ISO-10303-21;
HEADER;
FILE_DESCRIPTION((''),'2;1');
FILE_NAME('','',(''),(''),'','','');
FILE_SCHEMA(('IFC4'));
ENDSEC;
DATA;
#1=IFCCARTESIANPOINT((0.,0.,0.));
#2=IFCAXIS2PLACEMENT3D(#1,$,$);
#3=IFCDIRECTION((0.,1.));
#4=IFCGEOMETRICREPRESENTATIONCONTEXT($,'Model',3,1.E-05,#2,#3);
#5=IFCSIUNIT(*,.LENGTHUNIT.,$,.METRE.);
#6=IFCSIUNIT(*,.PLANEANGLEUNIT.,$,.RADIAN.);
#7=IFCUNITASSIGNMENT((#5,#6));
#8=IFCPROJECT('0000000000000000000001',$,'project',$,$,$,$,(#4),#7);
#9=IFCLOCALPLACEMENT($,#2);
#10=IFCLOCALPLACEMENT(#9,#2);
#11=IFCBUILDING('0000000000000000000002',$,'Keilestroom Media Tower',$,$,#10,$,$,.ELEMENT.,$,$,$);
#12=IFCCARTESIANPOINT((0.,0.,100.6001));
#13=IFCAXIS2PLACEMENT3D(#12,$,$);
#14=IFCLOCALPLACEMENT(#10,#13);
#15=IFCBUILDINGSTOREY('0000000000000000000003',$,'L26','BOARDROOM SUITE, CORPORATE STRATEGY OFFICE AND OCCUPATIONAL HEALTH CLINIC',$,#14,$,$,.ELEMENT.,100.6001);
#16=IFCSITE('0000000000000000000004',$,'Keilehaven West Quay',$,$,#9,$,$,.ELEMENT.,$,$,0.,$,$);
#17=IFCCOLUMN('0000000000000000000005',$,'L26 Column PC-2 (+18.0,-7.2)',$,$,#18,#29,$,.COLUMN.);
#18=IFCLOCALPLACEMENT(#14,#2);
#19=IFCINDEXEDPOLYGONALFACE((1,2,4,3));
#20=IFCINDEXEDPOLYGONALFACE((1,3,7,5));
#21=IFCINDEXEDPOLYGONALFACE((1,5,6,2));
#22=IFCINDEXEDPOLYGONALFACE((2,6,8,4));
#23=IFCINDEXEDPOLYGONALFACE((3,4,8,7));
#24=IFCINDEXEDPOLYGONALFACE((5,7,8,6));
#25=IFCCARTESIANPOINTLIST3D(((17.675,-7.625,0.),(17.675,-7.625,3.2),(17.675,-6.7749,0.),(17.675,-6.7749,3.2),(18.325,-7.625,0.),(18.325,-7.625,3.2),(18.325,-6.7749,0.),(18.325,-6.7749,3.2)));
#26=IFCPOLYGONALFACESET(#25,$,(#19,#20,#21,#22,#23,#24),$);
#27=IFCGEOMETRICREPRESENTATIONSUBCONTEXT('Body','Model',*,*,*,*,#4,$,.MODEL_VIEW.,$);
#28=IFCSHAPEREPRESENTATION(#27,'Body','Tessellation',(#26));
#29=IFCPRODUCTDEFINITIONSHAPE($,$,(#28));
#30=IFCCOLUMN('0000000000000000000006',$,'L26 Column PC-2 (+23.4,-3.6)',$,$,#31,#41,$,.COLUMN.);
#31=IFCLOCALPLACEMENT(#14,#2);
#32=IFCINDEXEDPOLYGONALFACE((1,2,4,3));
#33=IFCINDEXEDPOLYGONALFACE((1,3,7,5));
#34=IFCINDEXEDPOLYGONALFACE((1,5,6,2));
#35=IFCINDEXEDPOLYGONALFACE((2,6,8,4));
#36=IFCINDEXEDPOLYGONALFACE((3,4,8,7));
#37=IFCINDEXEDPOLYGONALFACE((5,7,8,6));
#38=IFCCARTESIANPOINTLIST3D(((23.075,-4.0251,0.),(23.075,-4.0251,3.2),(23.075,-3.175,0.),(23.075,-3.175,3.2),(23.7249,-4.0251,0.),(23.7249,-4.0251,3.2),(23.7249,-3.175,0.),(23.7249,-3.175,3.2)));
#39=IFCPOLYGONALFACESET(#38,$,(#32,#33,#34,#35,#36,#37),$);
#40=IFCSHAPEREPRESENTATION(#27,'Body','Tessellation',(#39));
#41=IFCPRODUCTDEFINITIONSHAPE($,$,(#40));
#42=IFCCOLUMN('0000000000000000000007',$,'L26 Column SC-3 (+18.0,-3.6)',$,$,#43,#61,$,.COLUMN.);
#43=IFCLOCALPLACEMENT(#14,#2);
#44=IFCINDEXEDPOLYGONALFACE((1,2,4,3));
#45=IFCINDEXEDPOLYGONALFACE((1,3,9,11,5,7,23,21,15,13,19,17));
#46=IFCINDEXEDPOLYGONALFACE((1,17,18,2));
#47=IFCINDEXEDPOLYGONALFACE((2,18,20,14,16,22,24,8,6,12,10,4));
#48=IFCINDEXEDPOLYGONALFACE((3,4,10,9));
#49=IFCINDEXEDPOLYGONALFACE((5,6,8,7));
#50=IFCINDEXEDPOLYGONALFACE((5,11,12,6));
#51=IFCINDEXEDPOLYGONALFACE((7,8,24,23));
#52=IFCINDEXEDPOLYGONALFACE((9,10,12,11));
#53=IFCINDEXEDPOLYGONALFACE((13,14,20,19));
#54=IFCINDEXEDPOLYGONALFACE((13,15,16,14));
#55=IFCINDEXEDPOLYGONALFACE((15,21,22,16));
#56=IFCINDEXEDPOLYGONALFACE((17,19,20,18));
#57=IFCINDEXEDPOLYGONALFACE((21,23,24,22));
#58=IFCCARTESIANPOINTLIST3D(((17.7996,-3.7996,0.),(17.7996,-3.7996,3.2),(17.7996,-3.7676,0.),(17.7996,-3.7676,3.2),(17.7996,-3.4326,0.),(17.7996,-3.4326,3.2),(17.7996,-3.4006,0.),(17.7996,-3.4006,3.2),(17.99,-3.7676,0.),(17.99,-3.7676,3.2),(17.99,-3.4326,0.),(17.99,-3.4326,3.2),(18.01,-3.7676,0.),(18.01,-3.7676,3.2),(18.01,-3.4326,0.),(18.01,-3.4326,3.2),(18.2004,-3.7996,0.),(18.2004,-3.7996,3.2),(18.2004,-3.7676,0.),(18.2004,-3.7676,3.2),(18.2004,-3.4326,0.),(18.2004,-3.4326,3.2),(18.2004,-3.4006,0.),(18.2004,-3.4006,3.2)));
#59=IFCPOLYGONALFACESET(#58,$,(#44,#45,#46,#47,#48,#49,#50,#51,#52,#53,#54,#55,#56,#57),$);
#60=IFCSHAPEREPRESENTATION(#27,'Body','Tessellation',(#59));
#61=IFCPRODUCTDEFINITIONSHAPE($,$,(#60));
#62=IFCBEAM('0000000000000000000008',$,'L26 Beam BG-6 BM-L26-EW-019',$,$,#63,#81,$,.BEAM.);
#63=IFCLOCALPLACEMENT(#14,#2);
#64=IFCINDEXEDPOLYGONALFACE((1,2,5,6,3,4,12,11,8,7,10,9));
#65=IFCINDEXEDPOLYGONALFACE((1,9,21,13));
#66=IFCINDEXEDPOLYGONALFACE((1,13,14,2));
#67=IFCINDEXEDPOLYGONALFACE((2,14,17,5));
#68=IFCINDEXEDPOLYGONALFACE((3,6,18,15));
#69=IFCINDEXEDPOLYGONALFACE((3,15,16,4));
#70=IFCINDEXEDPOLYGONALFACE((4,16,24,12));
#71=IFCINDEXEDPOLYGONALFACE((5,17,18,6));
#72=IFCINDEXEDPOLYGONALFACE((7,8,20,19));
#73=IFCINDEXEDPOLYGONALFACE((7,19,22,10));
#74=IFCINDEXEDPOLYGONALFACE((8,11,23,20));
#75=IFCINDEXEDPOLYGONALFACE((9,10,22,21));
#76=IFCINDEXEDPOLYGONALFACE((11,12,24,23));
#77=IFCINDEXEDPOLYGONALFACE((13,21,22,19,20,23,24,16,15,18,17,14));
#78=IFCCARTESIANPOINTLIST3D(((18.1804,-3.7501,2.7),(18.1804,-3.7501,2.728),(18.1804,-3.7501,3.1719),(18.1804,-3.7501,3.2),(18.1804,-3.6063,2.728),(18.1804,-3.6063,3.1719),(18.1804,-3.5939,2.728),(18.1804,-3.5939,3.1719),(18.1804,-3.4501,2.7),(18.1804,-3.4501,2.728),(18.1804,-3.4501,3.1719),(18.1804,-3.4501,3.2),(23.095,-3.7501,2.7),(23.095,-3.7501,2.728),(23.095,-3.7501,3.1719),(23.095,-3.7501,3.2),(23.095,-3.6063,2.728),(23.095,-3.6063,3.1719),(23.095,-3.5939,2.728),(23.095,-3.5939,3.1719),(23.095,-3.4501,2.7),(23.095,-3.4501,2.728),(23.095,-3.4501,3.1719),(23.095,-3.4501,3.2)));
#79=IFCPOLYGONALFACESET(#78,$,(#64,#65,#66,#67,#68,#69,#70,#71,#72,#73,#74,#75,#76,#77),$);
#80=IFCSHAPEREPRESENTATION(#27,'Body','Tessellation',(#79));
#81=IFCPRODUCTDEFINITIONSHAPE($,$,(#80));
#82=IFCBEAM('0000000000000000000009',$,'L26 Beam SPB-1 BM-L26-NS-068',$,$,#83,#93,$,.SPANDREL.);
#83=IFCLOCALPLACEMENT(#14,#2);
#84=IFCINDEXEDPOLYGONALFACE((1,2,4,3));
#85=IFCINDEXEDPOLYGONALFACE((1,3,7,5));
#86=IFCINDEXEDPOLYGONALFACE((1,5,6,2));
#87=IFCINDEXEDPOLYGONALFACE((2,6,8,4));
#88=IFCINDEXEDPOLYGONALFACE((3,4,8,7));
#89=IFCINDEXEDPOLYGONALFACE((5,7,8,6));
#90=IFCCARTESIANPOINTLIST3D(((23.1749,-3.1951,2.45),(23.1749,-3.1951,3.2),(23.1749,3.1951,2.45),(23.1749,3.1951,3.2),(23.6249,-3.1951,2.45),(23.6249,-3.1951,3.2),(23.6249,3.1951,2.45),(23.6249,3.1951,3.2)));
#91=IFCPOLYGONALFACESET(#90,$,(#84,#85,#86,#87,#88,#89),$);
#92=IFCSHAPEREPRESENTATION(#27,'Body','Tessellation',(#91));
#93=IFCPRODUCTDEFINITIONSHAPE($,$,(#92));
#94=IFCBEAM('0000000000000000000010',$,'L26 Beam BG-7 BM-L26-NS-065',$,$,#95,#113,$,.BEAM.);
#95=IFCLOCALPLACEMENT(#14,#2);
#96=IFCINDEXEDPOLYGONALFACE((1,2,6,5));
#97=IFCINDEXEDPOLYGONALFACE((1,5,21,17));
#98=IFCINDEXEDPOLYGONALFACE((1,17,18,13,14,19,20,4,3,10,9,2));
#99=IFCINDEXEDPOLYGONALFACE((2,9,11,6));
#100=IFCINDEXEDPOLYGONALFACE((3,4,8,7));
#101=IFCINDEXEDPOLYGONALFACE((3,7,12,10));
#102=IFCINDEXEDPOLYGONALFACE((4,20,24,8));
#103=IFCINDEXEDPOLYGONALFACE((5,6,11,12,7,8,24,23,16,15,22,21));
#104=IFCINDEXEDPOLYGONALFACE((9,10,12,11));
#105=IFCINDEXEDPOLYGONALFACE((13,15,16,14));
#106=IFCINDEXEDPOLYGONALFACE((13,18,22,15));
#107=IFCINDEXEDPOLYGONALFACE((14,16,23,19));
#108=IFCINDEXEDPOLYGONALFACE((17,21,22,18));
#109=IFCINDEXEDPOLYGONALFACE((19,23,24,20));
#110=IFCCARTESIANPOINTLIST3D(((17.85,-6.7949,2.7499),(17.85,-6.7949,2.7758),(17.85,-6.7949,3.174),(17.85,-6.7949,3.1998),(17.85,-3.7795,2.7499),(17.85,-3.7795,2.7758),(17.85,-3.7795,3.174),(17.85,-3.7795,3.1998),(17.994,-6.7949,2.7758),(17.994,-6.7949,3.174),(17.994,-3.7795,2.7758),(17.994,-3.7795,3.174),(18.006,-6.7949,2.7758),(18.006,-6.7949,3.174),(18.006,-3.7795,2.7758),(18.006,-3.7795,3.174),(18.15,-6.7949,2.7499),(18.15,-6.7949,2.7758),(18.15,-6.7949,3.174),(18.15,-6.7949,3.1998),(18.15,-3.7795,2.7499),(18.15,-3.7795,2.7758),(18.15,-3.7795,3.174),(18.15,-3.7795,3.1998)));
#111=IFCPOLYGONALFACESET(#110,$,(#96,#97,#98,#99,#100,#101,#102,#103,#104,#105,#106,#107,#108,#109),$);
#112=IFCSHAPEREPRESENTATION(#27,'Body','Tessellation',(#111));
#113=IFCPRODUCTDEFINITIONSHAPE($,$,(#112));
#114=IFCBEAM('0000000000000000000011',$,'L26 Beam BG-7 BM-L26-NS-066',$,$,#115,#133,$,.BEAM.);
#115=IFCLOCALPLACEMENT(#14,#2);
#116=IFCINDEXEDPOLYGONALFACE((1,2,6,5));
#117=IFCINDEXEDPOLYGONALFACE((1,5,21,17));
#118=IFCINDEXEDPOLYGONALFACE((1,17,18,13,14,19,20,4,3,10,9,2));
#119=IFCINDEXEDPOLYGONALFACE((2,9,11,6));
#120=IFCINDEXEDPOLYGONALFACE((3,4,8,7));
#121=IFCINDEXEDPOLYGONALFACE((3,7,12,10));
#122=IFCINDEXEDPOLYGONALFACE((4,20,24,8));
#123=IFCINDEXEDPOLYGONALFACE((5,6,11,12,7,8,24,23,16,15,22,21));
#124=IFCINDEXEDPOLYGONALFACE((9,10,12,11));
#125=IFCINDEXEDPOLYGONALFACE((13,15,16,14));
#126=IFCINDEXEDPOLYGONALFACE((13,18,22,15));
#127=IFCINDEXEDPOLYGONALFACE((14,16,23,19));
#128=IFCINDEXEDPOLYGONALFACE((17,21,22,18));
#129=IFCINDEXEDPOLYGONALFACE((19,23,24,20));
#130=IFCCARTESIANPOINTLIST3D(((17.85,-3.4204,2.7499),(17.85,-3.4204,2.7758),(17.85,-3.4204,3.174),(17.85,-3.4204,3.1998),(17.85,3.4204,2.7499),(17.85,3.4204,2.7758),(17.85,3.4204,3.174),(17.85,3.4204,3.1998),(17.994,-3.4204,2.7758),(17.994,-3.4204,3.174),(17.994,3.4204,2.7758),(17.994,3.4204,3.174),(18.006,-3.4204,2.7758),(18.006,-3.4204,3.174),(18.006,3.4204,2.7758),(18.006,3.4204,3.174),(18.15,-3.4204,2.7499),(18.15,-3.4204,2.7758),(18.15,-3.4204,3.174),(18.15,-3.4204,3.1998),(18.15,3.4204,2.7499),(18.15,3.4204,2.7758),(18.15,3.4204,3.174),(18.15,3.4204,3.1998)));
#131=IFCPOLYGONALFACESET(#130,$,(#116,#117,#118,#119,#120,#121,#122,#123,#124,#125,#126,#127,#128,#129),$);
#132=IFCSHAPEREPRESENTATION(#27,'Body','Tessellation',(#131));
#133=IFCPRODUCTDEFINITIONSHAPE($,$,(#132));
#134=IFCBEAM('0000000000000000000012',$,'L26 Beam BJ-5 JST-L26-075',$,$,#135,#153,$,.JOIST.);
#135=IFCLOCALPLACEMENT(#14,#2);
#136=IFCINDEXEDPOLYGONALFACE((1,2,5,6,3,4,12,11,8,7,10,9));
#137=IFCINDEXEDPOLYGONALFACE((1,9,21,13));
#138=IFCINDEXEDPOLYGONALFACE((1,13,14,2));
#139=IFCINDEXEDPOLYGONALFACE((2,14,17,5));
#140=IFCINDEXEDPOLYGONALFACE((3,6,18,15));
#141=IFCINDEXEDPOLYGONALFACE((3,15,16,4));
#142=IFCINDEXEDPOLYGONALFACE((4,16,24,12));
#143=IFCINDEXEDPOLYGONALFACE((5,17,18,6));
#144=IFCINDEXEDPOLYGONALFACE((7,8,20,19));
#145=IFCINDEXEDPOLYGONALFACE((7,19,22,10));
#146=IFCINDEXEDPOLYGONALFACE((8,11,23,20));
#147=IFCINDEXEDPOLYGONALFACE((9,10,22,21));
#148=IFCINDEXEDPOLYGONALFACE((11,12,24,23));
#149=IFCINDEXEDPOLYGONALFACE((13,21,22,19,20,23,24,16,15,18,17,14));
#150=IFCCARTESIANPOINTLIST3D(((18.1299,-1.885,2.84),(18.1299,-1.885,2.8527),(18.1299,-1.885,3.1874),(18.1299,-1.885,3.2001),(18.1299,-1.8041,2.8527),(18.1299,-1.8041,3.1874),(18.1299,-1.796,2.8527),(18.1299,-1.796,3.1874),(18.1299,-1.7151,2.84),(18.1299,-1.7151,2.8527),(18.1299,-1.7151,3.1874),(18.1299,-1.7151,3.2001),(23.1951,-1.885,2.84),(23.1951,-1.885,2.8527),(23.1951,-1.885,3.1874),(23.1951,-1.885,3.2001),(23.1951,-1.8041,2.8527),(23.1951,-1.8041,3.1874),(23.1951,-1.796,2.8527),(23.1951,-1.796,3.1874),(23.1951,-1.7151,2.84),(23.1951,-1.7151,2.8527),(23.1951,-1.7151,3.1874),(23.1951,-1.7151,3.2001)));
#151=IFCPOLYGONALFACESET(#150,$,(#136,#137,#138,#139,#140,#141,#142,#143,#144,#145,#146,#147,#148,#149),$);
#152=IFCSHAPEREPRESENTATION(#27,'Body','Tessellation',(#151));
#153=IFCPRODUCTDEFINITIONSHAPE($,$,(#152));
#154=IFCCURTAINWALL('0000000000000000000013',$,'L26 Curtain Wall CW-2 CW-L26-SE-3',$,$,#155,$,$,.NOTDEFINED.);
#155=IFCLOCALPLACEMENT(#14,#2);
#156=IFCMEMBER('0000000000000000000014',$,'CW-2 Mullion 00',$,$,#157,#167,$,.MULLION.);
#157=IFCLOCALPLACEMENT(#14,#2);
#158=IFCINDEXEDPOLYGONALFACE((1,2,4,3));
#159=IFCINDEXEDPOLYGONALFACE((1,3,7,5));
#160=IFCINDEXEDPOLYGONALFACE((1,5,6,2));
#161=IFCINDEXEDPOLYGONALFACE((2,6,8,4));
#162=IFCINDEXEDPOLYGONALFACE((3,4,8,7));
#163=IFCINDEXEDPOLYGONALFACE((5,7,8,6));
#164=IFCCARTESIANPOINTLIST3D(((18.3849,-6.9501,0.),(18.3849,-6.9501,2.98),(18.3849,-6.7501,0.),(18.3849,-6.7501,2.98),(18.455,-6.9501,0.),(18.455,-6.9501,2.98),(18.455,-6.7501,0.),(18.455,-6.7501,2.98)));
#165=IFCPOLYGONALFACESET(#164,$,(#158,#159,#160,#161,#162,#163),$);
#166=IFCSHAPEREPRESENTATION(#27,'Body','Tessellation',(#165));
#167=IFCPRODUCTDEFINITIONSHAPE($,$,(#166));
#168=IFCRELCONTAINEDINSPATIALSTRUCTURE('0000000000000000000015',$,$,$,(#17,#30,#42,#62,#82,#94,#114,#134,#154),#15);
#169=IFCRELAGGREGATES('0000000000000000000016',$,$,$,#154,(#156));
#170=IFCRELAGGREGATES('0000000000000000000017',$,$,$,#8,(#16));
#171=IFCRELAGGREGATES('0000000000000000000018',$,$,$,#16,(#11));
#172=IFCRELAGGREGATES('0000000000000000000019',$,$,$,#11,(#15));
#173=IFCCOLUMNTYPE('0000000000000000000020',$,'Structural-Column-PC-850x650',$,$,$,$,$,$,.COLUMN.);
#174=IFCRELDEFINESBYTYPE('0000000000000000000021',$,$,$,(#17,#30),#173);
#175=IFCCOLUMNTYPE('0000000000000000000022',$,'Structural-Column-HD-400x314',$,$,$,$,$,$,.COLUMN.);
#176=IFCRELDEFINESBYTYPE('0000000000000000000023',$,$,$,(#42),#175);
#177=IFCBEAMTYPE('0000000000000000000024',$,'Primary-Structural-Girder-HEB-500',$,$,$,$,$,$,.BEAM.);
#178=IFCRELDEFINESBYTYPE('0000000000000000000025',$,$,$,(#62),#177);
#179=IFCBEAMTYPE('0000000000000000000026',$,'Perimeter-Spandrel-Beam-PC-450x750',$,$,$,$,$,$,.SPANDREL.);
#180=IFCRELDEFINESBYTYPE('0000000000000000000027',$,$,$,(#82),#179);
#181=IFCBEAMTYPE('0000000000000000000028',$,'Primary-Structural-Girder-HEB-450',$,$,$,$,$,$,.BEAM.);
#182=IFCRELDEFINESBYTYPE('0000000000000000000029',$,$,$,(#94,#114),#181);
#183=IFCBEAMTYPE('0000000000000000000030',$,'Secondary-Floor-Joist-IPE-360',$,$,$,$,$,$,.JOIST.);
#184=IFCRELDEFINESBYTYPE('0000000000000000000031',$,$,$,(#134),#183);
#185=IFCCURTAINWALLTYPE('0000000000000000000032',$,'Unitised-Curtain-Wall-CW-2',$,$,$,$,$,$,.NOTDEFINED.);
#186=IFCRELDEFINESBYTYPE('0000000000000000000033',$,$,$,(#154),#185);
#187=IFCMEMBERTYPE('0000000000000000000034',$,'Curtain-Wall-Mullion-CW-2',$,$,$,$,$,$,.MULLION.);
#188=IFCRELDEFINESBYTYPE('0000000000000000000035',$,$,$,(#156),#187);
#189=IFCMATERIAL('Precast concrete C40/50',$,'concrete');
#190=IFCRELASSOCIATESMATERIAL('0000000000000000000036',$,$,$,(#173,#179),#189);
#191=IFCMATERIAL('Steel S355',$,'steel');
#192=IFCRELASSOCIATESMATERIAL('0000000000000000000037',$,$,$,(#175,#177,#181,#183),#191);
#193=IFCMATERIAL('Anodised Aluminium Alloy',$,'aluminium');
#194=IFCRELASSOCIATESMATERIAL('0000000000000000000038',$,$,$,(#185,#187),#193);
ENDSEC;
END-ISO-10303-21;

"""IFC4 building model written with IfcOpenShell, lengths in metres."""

from ifc_helpers import new_model, si_unit, direction, frame, origin, origin_2d, place, context, subcontext, project, spatial, rectangle, i_section, extrude, source, transform, mapped, material, material_profile, profile_set, type_object, element, aggregate, save


model = new_model("IFC4")

# Units and contexts
model_context = context("Model", 3, precision=1e-05, world=origin(), true_north=direction((0.0, 1.0)))
body_context = subcontext(model_context, "Body", "Model", "MODEL_VIEW")
ifc_project = project(units=[si_unit("LENGTHUNIT", "METRE"), si_unit("PLANEANGLEUNIT", "RADIAN")], contexts=[model_context])

# Site, building, storey
site_placement = place(None, origin())
site = spatial("IfcSite", under=ifc_project, at=site_placement, Name="Keilehaven West Quay", CompositionType="ELEMENT", RefElevation=0.0)
building_placement = place(site_placement, origin())
building = spatial("IfcBuilding", under=site, at=building_placement, Name="Keilestroom Media Tower", CompositionType="ELEMENT")
storey_placement = place(building_placement, frame((0.0, 0.0, 100.6001)))
storey = spatial("IfcBuildingStorey", under=building, at=storey_placement, Name="L26", Description="BOARDROOM SUITE, CORPORATE STRATEGY OFFICE AND OCCUPATIONAL HEALTH CLINIC", CompositionType="ELEMENT", Elevation=100.6001)

# Columns
ifc_material_1 = material(Name="Precast concrete C40/50", Category="concrete")
ifc_material_profile_1 = material_profile(ifc_material_1, rectangle(XDim=0.6499, YDim=0.8501, at=origin_2d()), Name="PC 850x650")
ifc_profile_set_1 = profile_set([ifc_material_profile_1], Name="Precast concrete C40/50")
column_type_1 = type_object("IfcColumnType", Name="Structural-Column-PC-850x650", PredefinedType="COLUMN", material=ifc_profile_set_1)
shared_shape_1 = source(origin(), body_context, "Body", "SweptSolid", [
    extrude(rectangle(XDim=0.6499, YDim=0.8501, at=origin_2d()), origin(), (0.0, 0.0, 1.0), 3.2),
])
for number, where, z_axis, x_axis, name in (
    (1, (18.0, -7.2, 0.0), (0.0, 0.0, 1.0), (1.0, 0.0, 0.0), "L26 Column PC-2 (+18.0,-7.2)"),
    (2, (23.3999, -3.6001, 0.0), (0.0, 0.0, 1.0), (1.0, 0.0, 0.0), "L26 Column PC-2 (+23.4,-3.6)"),
):
    element("IfcColumn", number, at=place(storey_placement, frame(where, z_axis=z_axis, x_axis=x_axis)), inside=storey, type_object=column_type_1, Name=name, PredefinedType="COLUMN", context=body_context, shape_type="MappedRepresentation", body=[
        mapped(shared_shape_1, transform((0.0, 0.0, 0.0), x_axis=(1.0, 0.0, 0.0), y_axis=(0.0, 1.0, 0.0), z_axis=(0.0, 0.0, 1.0), scale=1.0)),
    ])
ifc_material_2 = material(Name="Steel S355", Category="steel")
ifc_material_profile_2 = material_profile(ifc_material_2, i_section(OverallWidth=0.4009, OverallDepth=0.3989, WebThickness=0.02, FlangeThickness=0.032, at=origin_2d()), Name="HD 400x314")
ifc_profile_set_2 = profile_set([ifc_material_profile_2], Name="Steel S355")
column_type_2 = type_object("IfcColumnType", Name="Structural-Column-HD-400x314", PredefinedType="COLUMN", material=ifc_profile_set_2)
shared_shape_2 = source(origin(), body_context, "Body", "SweptSolid", [
    extrude(i_section(OverallWidth=0.4009, OverallDepth=0.3989, WebThickness=0.02, FlangeThickness=0.032, at=origin_2d()), origin(), (0.0, 0.0, 1.0), 3.2),
])
column_placement = place(storey_placement, frame((18.0, -3.6001, 0.0), z_axis=(0.0, 0.0, 1.0), x_axis=(1.0, 0.0, 0.0)))
element("IfcColumn", 3, at=column_placement, inside=storey, type_object=column_type_2, Name="L26 Column SC-3 (+18.0,-3.6)", PredefinedType="COLUMN", context=body_context, shape_type="MappedRepresentation", body=[
    mapped(shared_shape_2, transform((0.0, 0.0, 0.0), x_axis=(1.0, 0.0, 0.0), y_axis=(0.0, 1.0, 0.0), z_axis=(0.0, 0.0, 1.0), scale=1.0)),
])

# Beams
ifc_material_profile_3 = material_profile(ifc_material_2, i_section(OverallWidth=0.3, OverallDepth=0.5, WebThickness=0.0125, FlangeThickness=0.0281, at=origin_2d()), Name="HEB 500")
ifc_profile_set_3 = profile_set([ifc_material_profile_3], Name="Steel S355")
beam_type_1 = type_object("IfcBeamType", Name="Primary-Structural-Girder-HEB-500", PredefinedType="BEAM", material=ifc_profile_set_3)
shared_shape_3 = source(origin(), body_context, "Body", "SweptSolid", [
    extrude(i_section(OverallWidth=0.3, OverallDepth=0.5, WebThickness=0.0125, FlangeThickness=0.0281, at=origin_2d()), origin(), (0.0, 0.0, 1.0), 4.9146),
])
beam_1_placement = place(storey_placement, frame((18.1804, -3.6001, 2.95), z_axis=(1.0, 0.0, 0.0), x_axis=(0.0, 1.0, 0.0)))
element("IfcBeam", 4, at=beam_1_placement, inside=storey, type_object=beam_type_1, Name="L26 Beam BG-6 BM-L26-EW-019", PredefinedType="BEAM", context=body_context, shape_type="MappedRepresentation", body=[
    mapped(shared_shape_3, transform((0.0, 0.0, 0.0), x_axis=(1.0, 0.0, 0.0), y_axis=(0.0, 1.0, 0.0), z_axis=(0.0, 0.0, 1.0), scale=1.0)),
])
ifc_material_profile_4 = material_profile(ifc_material_1, rectangle(XDim=0.45, YDim=0.75, at=origin_2d()), Name="PC 450x750")
ifc_profile_set_4 = profile_set([ifc_material_profile_4], Name="Precast concrete C40/50")
beam_type_2 = type_object("IfcBeamType", Name="Perimeter-Spandrel-Beam-PC-450x750", PredefinedType="SPANDREL", material=ifc_profile_set_4)
shared_shape_4 = source(origin(), body_context, "Body", "SweptSolid", [
    extrude(rectangle(XDim=0.45, YDim=0.75, at=origin_2d()), origin(), (0.0, 0.0, 1.0), 6.3901),
])
beam_2_placement = place(storey_placement, frame((23.3999, -3.1951, 2.825), z_axis=(0.0, 1.0, 0.0), x_axis=(-1.0, 0.0, 0.0)))
element("IfcBeam", 5, at=beam_2_placement, inside=storey, type_object=beam_type_2, Name="L26 Beam SPB-1 BM-L26-NS-068", PredefinedType="SPANDREL", context=body_context, shape_type="MappedRepresentation", body=[
    mapped(shared_shape_4, transform((0.0, 0.0, 0.0), x_axis=(1.0, 0.0, 0.0), y_axis=(0.0, 1.0, 0.0), z_axis=(0.0, 0.0, 1.0), scale=1.0)),
])
ifc_material_profile_5 = material_profile(ifc_material_2, i_section(OverallWidth=0.3, OverallDepth=0.45, WebThickness=0.012, FlangeThickness=0.0259, at=origin_2d()), Name="HEB 450")
ifc_profile_set_5 = profile_set([ifc_material_profile_5], Name="Steel S355")
beam_type_3 = type_object("IfcBeamType", Name="Primary-Structural-Girder-HEB-450", PredefinedType="BEAM", material=ifc_profile_set_5)
shared_shape_5 = source(origin(), body_context, "Body", "SweptSolid", [
    extrude(i_section(OverallWidth=0.3, OverallDepth=0.45, WebThickness=0.012, FlangeThickness=0.0259, at=origin_2d()), origin(), (0.0, 0.0, 1.0), 3.0154),
])
beam_3_placement = place(storey_placement, frame((18.0, -6.7949, 2.9749), z_axis=(0.0, 1.0, 0.0), x_axis=(-1.0, 0.0, 0.0)))
element("IfcBeam", 6, at=beam_3_placement, inside=storey, type_object=beam_type_3, Name="L26 Beam BG-7 BM-L26-NS-065", PredefinedType="BEAM", context=body_context, shape_type="MappedRepresentation", body=[
    mapped(shared_shape_5, transform((0.0, 0.0, 0.0), x_axis=(1.0, 0.0, 0.0), y_axis=(0.0, 1.0, 0.0), z_axis=(0.0, 0.0, 1.0), scale=1.0)),
])
shared_shape_6 = source(origin(), body_context, "Body", "SweptSolid", [
    extrude(i_section(OverallWidth=0.3, OverallDepth=0.45, WebThickness=0.012, FlangeThickness=0.0259, at=origin_2d()), origin(), (0.0, 0.0, 1.0), 6.8408),
])
beam_4_placement = place(storey_placement, frame((18.0, -3.4204, 2.9749), z_axis=(0.0, 1.0, 0.0), x_axis=(-1.0, 0.0, 0.0)))
element("IfcBeam", 7, at=beam_4_placement, inside=storey, type_object=beam_type_3, Name="L26 Beam BG-7 BM-L26-NS-066", PredefinedType="BEAM", context=body_context, shape_type="MappedRepresentation", body=[
    mapped(shared_shape_6, transform((0.0, 0.0, 0.0), x_axis=(1.0, 0.0, 0.0), y_axis=(0.0, 1.0, 0.0), z_axis=(0.0, 0.0, 1.0), scale=1.0)),
])
ifc_material_profile_6 = material_profile(ifc_material_2, i_section(OverallWidth=0.1699, OverallDepth=0.3601, WebThickness=0.0081, FlangeThickness=0.0127, at=origin_2d()), Name="IPE 360")
ifc_profile_set_6 = profile_set([ifc_material_profile_6], Name="Steel S355")
beam_type_4 = type_object("IfcBeamType", Name="Secondary-Floor-Joist-IPE-360", PredefinedType="JOIST", material=ifc_profile_set_6)
shared_shape_7 = source(origin(), body_context, "Body", "SweptSolid", [
    extrude(i_section(OverallWidth=0.1699, OverallDepth=0.3601, WebThickness=0.0081, FlangeThickness=0.0127, at=origin_2d()), origin(), (0.0, 0.0, 1.0), 5.0652),
])
beam_5_placement = place(storey_placement, frame((18.1299, -1.8, 3.02), z_axis=(1.0, 0.0, 0.0), x_axis=(0.0, 1.0, 0.0)))
element("IfcBeam", 8, at=beam_5_placement, inside=storey, type_object=beam_type_4, Name="L26 Beam BJ-5 JST-L26-075", PredefinedType="JOIST", context=body_context, shape_type="MappedRepresentation", body=[
    mapped(shared_shape_7, transform((0.0, 0.0, 0.0), x_axis=(1.0, 0.0, 0.0), y_axis=(0.0, 1.0, 0.0), z_axis=(0.0, 0.0, 1.0), scale=1.0)),
])

# Curtain wall, member
ifc_material_3 = material(Name="Anodised Aluminium Alloy", Category="aluminium")
curtain_wall_type = type_object("IfcCurtainWallType", Name="Unitised-Curtain-Wall-CW-2", PredefinedType="NOTDEFINED", material=ifc_material_3)
curtain_wall_placement = place(storey_placement, origin())
curtain_wall = element("IfcCurtainWall", 9, at=curtain_wall_placement, inside=storey, type_object=curtain_wall_type, Name="L26 Curtain Wall CW-2 CW-L26-SE-3", PredefinedType="NOTDEFINED")
ifc_material_profile_7 = material_profile(ifc_material_3, rectangle(XDim=0.0701, YDim=0.2, at=origin_2d()), Name="ALU MULLION 70x200")
ifc_profile_set_7 = profile_set([ifc_material_profile_7], Name="Anodised Aluminium Alloy")
member_type_1 = type_object("IfcMemberType", Name="Curtain-Wall-Mullion-CW-2", PredefinedType="MULLION", material=ifc_profile_set_7)
shared_shape_8 = source(origin(), body_context, "Body", "SweptSolid", [
    extrude(rectangle(XDim=0.0701, YDim=0.2, at=origin_2d()), origin(), (0.0, 0.0, 1.0), 2.98),
])
member_1_placement = place(storey_placement, frame((18.4199, -6.8501, 0.0), z_axis=(0.0, 0.0, 1.0), x_axis=(1.0, 0.0, 0.0)))
member_1 = element("IfcMember", 10, at=member_1_placement, type_object=member_type_1, Name="CW-2 Mullion 00", PredefinedType="MULLION", context=body_context, shape_type="MappedRepresentation", body=[
    mapped(shared_shape_8, transform((0.0, 0.0, 0.0), x_axis=(1.0, 0.0, 0.0), y_axis=(0.0, 1.0, 0.0), z_axis=(0.0, 0.0, 1.0), scale=1.0)),
])
aggregate(curtain_wall, [member_1])

save(model, "model.ifc")
